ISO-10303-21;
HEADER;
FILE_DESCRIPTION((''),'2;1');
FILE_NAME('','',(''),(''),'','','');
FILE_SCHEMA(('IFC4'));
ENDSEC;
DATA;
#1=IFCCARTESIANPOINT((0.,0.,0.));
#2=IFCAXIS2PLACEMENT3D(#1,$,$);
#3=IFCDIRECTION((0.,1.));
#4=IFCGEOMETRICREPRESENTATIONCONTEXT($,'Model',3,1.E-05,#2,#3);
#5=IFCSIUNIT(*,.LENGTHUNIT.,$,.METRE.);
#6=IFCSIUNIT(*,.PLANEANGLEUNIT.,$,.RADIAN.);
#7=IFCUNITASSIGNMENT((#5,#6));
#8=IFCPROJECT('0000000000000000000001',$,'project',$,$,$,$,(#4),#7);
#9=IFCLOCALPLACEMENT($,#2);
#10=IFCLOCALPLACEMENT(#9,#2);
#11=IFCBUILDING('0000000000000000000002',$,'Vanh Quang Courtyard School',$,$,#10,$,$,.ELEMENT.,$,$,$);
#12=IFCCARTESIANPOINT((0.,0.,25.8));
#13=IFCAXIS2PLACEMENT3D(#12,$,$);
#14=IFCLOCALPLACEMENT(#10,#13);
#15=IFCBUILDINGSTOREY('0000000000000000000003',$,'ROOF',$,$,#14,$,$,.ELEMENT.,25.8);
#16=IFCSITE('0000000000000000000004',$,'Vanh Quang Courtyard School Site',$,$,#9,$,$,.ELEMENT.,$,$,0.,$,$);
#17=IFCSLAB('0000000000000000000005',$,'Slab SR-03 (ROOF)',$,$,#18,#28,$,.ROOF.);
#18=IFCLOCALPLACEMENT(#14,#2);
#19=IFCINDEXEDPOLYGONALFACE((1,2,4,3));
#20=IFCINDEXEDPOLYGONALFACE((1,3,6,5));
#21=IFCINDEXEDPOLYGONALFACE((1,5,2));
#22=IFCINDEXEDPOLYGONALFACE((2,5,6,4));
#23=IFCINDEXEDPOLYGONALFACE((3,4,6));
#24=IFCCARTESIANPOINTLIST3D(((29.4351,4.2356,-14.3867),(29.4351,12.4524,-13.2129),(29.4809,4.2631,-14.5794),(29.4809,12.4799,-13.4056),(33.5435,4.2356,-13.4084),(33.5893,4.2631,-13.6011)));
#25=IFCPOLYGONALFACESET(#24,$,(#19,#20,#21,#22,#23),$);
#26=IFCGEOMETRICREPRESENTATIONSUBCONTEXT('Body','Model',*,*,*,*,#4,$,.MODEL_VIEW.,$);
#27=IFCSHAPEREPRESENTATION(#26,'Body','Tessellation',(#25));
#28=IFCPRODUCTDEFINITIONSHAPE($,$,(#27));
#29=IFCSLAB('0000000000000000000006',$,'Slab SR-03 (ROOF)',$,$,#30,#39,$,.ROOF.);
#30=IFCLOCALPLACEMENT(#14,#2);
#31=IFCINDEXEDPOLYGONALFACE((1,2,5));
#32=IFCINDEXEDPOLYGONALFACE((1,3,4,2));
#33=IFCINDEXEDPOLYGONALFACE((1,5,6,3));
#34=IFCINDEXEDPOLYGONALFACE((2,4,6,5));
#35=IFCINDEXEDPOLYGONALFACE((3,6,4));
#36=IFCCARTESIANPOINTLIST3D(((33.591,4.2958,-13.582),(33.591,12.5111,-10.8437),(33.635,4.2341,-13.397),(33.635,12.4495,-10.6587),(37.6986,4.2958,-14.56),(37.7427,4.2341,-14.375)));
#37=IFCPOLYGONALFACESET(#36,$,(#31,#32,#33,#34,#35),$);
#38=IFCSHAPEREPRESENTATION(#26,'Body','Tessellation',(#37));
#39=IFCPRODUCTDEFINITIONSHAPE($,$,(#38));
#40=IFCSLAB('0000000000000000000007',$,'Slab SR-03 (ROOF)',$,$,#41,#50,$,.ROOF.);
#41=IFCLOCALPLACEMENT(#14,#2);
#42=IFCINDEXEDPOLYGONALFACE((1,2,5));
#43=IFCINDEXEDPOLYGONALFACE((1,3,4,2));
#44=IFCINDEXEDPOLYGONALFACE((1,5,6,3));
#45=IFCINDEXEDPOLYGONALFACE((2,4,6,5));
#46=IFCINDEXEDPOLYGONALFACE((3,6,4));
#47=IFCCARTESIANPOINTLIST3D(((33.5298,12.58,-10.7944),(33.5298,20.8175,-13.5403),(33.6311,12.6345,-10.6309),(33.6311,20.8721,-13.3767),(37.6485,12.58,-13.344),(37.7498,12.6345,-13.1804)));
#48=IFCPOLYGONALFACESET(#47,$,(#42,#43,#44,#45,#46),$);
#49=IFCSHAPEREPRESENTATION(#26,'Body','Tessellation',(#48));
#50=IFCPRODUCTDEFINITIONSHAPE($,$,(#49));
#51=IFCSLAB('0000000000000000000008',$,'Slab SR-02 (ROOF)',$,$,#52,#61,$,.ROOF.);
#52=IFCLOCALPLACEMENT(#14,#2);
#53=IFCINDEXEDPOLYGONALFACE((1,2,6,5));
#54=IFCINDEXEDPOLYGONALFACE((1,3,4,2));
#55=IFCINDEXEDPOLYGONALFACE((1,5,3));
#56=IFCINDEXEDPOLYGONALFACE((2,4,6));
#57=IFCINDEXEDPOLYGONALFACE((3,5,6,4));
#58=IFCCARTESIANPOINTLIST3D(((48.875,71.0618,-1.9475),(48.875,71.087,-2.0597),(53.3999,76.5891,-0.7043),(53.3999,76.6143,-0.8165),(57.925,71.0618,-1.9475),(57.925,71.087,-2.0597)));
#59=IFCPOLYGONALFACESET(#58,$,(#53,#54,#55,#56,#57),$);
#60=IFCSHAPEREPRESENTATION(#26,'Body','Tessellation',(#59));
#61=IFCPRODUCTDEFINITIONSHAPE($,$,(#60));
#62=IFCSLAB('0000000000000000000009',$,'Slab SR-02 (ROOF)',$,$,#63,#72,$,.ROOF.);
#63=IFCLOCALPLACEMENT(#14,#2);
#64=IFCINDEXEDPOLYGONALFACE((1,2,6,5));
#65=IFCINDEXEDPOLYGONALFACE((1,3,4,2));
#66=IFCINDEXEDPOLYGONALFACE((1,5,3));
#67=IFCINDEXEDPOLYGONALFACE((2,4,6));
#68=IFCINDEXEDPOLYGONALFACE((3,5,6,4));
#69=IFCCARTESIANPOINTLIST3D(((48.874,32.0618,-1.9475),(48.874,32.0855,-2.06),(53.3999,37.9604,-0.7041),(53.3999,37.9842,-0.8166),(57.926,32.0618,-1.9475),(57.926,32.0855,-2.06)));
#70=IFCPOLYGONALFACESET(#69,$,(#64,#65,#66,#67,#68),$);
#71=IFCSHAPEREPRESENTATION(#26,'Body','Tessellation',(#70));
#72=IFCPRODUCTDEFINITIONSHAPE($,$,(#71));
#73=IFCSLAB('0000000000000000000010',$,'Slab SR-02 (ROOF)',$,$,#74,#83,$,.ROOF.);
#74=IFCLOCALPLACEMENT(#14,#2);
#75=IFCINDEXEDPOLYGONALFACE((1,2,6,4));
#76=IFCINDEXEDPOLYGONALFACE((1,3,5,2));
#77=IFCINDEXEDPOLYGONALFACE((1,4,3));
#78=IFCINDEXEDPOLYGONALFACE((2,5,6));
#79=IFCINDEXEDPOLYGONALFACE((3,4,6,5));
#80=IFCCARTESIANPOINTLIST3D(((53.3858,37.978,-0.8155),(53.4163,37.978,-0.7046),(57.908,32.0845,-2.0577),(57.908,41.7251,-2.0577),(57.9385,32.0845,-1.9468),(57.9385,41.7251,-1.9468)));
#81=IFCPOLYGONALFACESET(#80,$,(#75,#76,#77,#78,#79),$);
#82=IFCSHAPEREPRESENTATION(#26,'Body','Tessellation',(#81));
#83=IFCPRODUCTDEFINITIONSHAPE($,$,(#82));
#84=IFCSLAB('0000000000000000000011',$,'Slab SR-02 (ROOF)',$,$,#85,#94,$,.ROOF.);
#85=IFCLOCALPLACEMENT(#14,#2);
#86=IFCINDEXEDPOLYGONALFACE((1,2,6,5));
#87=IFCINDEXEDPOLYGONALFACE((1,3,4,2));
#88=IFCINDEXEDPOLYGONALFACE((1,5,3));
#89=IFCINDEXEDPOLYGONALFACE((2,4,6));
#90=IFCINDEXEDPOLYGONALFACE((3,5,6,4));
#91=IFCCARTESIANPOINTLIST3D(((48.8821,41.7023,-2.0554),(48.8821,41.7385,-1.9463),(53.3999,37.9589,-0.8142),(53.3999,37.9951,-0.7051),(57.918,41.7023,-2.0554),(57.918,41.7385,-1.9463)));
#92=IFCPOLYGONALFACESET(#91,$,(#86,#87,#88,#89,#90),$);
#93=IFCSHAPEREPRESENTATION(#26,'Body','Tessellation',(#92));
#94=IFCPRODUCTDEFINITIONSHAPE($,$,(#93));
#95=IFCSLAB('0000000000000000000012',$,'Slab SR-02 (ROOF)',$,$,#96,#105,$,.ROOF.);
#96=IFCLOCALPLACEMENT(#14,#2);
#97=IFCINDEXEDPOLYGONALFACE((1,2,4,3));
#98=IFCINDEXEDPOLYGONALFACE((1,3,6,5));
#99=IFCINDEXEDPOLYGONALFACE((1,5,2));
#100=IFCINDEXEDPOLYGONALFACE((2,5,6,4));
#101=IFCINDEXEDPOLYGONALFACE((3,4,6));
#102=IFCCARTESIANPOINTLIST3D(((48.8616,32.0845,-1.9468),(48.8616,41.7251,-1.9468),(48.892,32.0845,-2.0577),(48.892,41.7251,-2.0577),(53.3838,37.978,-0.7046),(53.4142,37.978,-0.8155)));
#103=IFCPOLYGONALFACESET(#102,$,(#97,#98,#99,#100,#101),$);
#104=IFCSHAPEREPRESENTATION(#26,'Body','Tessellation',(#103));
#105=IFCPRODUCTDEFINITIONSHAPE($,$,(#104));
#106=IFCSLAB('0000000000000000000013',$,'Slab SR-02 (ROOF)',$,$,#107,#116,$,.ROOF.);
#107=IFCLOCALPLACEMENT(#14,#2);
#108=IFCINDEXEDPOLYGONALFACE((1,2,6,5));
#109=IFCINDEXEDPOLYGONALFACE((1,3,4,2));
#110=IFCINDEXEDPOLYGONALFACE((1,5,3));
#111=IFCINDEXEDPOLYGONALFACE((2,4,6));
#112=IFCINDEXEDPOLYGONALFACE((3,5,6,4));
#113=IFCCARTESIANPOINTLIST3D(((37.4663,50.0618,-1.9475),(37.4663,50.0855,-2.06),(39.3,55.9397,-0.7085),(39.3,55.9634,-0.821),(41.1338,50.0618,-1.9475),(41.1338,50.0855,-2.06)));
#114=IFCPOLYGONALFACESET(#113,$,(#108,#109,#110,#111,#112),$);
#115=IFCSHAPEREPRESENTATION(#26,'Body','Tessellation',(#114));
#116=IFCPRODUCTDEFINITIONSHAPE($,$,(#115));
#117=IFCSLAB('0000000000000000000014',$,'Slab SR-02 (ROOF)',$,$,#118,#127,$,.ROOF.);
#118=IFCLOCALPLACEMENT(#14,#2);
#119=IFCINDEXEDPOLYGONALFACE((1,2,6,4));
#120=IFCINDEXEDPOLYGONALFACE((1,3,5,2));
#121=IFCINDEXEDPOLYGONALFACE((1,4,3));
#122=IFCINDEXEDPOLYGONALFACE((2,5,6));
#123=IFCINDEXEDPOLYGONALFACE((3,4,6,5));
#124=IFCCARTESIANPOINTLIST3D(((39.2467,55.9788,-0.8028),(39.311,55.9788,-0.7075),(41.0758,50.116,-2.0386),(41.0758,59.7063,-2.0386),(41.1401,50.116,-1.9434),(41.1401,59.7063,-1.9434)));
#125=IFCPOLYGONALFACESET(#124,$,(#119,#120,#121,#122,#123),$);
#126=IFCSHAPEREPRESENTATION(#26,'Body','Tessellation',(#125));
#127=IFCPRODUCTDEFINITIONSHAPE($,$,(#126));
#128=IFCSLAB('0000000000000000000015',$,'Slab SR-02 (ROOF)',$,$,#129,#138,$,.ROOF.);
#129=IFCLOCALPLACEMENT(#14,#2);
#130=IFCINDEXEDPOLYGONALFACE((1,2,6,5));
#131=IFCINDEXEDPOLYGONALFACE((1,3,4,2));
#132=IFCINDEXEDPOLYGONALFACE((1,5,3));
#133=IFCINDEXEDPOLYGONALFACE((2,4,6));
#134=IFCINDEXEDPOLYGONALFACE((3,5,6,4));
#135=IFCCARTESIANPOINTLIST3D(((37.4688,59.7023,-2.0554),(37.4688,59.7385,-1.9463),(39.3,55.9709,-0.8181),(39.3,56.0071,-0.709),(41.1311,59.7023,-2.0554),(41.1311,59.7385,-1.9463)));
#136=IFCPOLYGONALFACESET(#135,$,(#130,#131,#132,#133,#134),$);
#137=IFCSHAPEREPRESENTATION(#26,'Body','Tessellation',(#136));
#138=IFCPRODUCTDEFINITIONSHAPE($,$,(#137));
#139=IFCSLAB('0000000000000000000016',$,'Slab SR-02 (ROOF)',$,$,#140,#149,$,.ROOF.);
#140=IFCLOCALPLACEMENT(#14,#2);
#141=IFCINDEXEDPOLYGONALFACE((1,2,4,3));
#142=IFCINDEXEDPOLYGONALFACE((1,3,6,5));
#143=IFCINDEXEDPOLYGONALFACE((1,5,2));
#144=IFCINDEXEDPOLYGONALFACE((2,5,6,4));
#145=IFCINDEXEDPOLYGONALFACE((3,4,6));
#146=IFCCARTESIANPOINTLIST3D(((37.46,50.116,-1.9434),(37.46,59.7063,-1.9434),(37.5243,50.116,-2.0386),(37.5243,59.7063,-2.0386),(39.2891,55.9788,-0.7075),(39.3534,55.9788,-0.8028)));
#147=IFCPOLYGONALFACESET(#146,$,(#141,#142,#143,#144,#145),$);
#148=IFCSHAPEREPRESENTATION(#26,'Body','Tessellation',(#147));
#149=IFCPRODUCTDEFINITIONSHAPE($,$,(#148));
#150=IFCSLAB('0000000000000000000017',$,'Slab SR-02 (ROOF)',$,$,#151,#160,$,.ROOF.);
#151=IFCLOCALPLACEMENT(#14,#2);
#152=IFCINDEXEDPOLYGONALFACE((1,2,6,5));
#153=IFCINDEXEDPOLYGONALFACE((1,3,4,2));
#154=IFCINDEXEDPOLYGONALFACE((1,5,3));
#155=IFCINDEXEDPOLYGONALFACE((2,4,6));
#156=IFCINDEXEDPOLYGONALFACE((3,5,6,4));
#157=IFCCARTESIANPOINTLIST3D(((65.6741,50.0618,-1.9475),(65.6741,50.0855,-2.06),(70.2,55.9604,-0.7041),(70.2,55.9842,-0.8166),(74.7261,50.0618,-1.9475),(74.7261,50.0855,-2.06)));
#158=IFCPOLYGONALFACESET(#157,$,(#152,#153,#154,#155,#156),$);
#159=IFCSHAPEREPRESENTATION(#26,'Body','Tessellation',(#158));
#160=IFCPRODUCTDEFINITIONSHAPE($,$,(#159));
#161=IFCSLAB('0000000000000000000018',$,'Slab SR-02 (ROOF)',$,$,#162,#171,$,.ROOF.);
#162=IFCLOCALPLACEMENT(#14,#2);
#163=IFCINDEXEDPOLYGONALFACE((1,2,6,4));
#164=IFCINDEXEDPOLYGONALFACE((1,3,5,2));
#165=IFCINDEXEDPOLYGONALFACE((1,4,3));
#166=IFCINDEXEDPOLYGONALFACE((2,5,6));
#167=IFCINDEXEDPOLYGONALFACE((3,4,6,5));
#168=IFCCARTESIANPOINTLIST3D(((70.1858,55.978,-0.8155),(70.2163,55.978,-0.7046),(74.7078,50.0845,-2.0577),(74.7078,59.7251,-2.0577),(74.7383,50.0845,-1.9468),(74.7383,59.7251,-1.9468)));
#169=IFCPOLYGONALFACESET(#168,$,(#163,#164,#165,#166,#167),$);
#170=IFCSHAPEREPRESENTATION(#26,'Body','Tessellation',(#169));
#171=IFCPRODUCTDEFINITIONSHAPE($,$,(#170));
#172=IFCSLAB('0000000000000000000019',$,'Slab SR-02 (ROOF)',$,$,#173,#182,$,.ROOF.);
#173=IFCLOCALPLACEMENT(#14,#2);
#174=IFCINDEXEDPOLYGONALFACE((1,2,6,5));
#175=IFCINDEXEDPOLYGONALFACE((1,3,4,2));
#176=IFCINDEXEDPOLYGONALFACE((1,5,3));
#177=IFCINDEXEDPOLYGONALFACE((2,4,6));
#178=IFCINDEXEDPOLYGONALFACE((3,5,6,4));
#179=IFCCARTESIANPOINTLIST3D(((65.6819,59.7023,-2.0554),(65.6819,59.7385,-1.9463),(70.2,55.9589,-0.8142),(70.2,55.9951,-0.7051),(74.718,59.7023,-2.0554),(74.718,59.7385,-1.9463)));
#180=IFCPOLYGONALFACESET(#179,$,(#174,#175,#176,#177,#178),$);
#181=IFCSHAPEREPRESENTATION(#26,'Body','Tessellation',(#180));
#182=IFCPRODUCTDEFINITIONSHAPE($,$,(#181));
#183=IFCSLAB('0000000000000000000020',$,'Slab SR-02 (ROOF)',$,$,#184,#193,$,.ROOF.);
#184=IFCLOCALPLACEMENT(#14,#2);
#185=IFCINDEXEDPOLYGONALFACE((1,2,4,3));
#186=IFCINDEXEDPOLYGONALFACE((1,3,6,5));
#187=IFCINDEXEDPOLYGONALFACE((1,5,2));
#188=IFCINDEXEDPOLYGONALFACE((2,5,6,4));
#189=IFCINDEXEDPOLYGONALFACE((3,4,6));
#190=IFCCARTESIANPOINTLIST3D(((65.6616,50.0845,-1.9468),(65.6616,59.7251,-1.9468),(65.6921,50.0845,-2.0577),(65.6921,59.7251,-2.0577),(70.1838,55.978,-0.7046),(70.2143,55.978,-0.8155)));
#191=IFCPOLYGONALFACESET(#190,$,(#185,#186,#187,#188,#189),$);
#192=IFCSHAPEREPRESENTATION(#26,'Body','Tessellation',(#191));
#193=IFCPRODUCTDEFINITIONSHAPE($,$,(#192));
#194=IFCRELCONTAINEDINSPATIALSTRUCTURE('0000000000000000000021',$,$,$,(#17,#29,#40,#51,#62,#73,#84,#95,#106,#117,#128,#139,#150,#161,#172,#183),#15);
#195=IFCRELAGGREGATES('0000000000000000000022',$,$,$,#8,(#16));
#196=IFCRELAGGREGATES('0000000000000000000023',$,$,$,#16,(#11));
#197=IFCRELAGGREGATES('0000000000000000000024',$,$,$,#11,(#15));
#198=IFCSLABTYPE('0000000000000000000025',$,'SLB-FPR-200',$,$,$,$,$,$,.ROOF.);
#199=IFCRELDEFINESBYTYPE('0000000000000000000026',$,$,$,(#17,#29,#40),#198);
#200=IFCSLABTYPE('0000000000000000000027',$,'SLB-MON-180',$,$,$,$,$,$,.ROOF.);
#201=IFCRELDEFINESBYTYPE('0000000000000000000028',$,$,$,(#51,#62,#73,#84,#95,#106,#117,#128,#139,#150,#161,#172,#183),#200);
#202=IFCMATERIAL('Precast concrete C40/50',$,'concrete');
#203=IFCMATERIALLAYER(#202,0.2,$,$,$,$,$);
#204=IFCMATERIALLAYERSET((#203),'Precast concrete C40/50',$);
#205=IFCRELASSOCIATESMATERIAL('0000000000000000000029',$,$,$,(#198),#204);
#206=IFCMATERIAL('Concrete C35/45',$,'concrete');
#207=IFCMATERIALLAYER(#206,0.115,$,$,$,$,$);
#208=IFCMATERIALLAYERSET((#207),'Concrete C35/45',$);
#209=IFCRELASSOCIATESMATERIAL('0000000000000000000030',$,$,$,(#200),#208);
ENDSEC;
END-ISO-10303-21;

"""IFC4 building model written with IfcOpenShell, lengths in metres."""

from ifc_helpers import new_model, si_unit, direction, frame, origin, place, context, subcontext, project, spatial, polyline, outline, extrude, material, layer, layer_set, type_object, element, save


model = new_model("IFC4")

# Units and contexts
model_context = context("Model", 3, precision=1e-05, world=origin(), true_north=direction((0.0, 1.0)))
body_context = subcontext(model_context, "Body", "Model", "MODEL_VIEW")
ifc_project = project(units=[si_unit("LENGTHUNIT", "METRE"), si_unit("PLANEANGLEUNIT", "RADIAN")], contexts=[model_context])

# Site, building, storey
site_placement = place(None, origin())
site = spatial("IfcSite", under=ifc_project, at=site_placement, Name="Vanh Quang Courtyard School Site", CompositionType="ELEMENT", RefElevation=0.0)
building_placement = place(site_placement, origin())
building = spatial("IfcBuilding", under=site, at=building_placement, Name="Vanh Quang Courtyard School", CompositionType="ELEMENT")
storey_placement = place(building_placement, frame((0.0, 0.0, 25.8)))
storey = spatial("IfcBuildingStorey", under=building, at=storey_placement, Name="ROOF", CompositionType="ELEMENT", Elevation=25.8)

# Slabs
ifc_material_1 = material(Name="Precast concrete C40/50", Category="concrete")
ifc_layer_1 = layer(ifc_material_1, 0.2)
ifc_layer_set_1 = layer_set([ifc_layer_1], Name="Precast concrete C40/50")
slab_type_1 = type_object("IfcSlabType", Name="SLB-FPR-200", PredefinedType="ROOF", material=ifc_layer_set_1)
slab_1_placement = place(storey_placement, frame((29.4351, 4.2356, -14.3867), z_axis=(-0.229434, -0.137649, 0.963542), x_axis=(0.0, 0.989949, 0.141421)))
element("IfcSlab", 1, at=slab_1_placement, inside=storey, type_object=slab_type_1, Name="Slab SR-03 (ROOF)", PredefinedType="ROOF", context=body_context, shape_type="SweptSolid", body=[
    extrude(outline(polyline([(0.0, 0.0), (8.3002, 0.0), (0.1383, -4.221), (0.0, 0.0)])), origin(), (0.0, 0.0, -1.0), 0.2),
])
slab_2_placement = place(storey_placement, frame((33.635, 4.2341, -13.397), z_axis=(0.22033, -0.30844, 0.925375), x_axis=(0.0, 0.948689, 0.316211)))
element("IfcSlab", 2, at=slab_2_placement, inside=storey, type_object=slab_type_1, Name="Slab SR-03 (ROOF)", PredefinedType="ROOF", context=body_context, shape_type="SweptSolid", body=[
    extrude(outline(polyline([(0.0, 0.0), (8.6597, 0.0), (-0.3093, -4.2112), (0.0, 0.0)])), origin(), (0.0, 0.0, -1.0), 0.2),
])
slab_3_placement = place(storey_placement, frame((33.6311, 12.6345, -10.6309), z_axis=(0.506396, 0.272684, 0.818051), x_axis=(0.0, 0.948683, -0.316228)))
element("IfcSlab", 3, at=slab_3_placement, inside=storey, type_object=slab_type_1, Name="Slab SR-03 (ROOF)", PredefinedType="ROOF", context=body_context, shape_type="SweptSolid", body=[
    extrude(outline(polyline([(0.0, 0.0), (8.6831, 0.0), (0.8062, -4.7764), (0.0, 0.0)])), origin(), (0.0, 0.0, -1.0), 0.2),
])
ifc_material_2 = material(Name="Concrete C35/45", Category="concrete")
ifc_layer_2 = layer(ifc_material_2, 0.115)
ifc_layer_set_2 = layer_set([ifc_layer_2], Name="Concrete C35/45")
slab_type_2 = type_object("IfcSlabType", Name="SLB-MON-180", PredefinedType="ROOF", material=ifc_layer_set_2)
slab_4_placement = place(storey_placement, frame((48.875, 71.0618, -1.9475), z_axis=(0.0, -0.21943, 0.975628), x_axis=(1.0, 0.0, 0.0)))
element("IfcSlab", 4, at=slab_4_placement, inside=storey, type_object=slab_type_2, Name="Slab SR-02 (ROOF)", PredefinedType="ROOF", context=body_context, shape_type="SweptSolid", body=[
    extrude(outline(polyline([(0.0, 0.0), (9.05, 0.0), (4.5249, 5.6654), (0.0, 0.0)])), origin(), (0.0, 0.0, -1.0), 0.115),
])
slab_5_placement = place(storey_placement, frame((48.874, 32.0618, -1.9475), z_axis=(0.0, -0.206262, 0.978497), x_axis=(1.0, 0.0, 0.0)))
element("IfcSlab", 5, at=slab_5_placement, inside=storey, type_object=slab_type_2, Name="Slab SR-02 (ROOF)", PredefinedType="ROOF", context=body_context, shape_type="SweptSolid", body=[
    extrude(outline(polyline([(0.0, 0.0), (9.052, 0.0), (4.5259, 6.0283), (0.0, 0.0)])), origin(), (0.0, 0.0, -1.0), 0.115),
])
slab_6_placement = place(storey_placement, frame((57.9385, 32.0845, -1.9468), z_axis=(0.264875, 0.0, 0.964283), x_axis=(0.0, 1.0, 0.0)))
element("IfcSlab", 6, at=slab_6_placement, inside=storey, type_object=slab_type_2, Name="Slab SR-02 (ROOF)", PredefinedType="ROOF", context=body_context, shape_type="SweptSolid", body=[
    extrude(outline(polyline([(0.0, 0.0), (9.6406, 0.0), (5.8936, 4.6897), (0.0, 0.0)])), origin(), (0.0, 0.0, -1.0), 0.115),
])
slab_7_placement = place(storey_placement, frame((57.918, 41.7385, -1.9463), z_axis=(0.0, 0.314723, 0.949184), x_axis=(-1.0, 0.0, 0.0)))
element("IfcSlab", 7, at=slab_7_placement, inside=storey, type_object=slab_type_2, Name="Slab SR-02 (ROOF)", PredefinedType="ROOF", context=body_context, shape_type="SweptSolid", body=[
    extrude(outline(polyline([(0.0, 0.0), (9.0359, 0.0), (4.5181, 3.9438), (0.0, 0.0)])), origin(), (0.0, 0.0, -1.0), 0.115),
])
slab_8_placement = place(storey_placement, frame((48.8616, 41.7251, -1.9468), z_axis=(-0.264875, 0.0, 0.964283), x_axis=(0.0, -1.0, 0.0)))
element("IfcSlab", 8, at=slab_8_placement, inside=storey, type_object=slab_type_2, Name="Slab SR-02 (ROOF)", PredefinedType="ROOF", context=body_context, shape_type="SweptSolid", body=[
    extrude(outline(polyline([(0.0, 0.0), (9.6406, 0.0), (3.7471, 4.6897), (0.0, 0.0)])), origin(), (0.0, 0.0, -1.0), 0.115),
])
slab_9_placement = place(storey_placement, frame((37.4663, 50.0618, -1.9475), z_axis=(0.0, -0.206258, 0.978498), x_axis=(1.0, 0.0, 0.0)))
element("IfcSlab", 9, at=slab_9_placement, inside=storey, type_object=slab_type_2, Name="Slab SR-02 (ROOF)", PredefinedType="ROOF", context=body_context, shape_type="SweptSolid", body=[
    extrude(outline(polyline([(0.0, 0.0), (3.6675, 0.0), (1.8337, 6.0071), (0.0, 0.0)])), origin(), (0.0, 0.0, -1.0), 0.115),
])
slab_10_placement = place(storey_placement, frame((41.1401, 50.116, -1.9434), z_axis=(0.559845, 0.0, 0.828597), x_axis=(0.0, 1.0, 0.0)))
element("IfcSlab", 10, at=slab_10_placement, inside=storey, type_object=slab_type_2, Name="Slab SR-02 (ROOF)", PredefinedType="ROOF", context=body_context, shape_type="SweptSolid", body=[
    extrude(outline(polyline([(0.0, 0.0), (9.5903, 0.0), (5.8628, 2.2075), (0.0, 0.0)])), origin(), (0.0, 0.0, -1.0), 0.115),
])
slab_11_placement = place(storey_placement, frame((41.1311, 59.7385, -1.9463), z_axis=(0.0, 0.314737, 0.949179), x_axis=(-1.0, 0.0, 0.0)))
element("IfcSlab", 11, at=slab_11_placement, inside=storey, type_object=slab_type_2, Name="Slab SR-02 (ROOF)", PredefinedType="ROOF", context=body_context, shape_type="SweptSolid", body=[
    extrude(outline(polyline([(0.0, 0.0), (3.6624, 0.0), (1.8311, 3.9312), (0.0, 0.0)])), origin(), (0.0, 0.0, -1.0), 0.115),
])
slab_12_placement = place(storey_placement, frame((37.46, 59.7063, -1.9434), z_axis=(-0.559845, 0.0, 0.828597), x_axis=(0.0, -1.0, 0.0)))
element("IfcSlab", 12, at=slab_12_placement, inside=storey, type_object=slab_type_2, Name="Slab SR-02 (ROOF)", PredefinedType="ROOF", context=body_context, shape_type="SweptSolid", body=[
    extrude(outline(polyline([(0.0, 0.0), (9.5903, 0.0), (3.7275, 2.2075), (0.0, 0.0)])), origin(), (0.0, 0.0, -1.0), 0.115),
])
slab_13_placement = place(storey_placement, frame((65.6741, 50.0618, -1.9475), z_axis=(0.0, -0.206262, 0.978497), x_axis=(1.0, 0.0, 0.0)))
element("IfcSlab", 13, at=slab_13_placement, inside=storey, type_object=slab_type_2, Name="Slab SR-02 (ROOF)", PredefinedType="ROOF", context=body_context, shape_type="SweptSolid", body=[
    extrude(outline(polyline([(0.0, 0.0), (9.052, 0.0), (4.5259, 6.0283), (0.0, 0.0)])), origin(), (0.0, 0.0, -1.0), 0.115),
])
slab_14_placement = place(storey_placement, frame((74.7383, 50.0845, -1.9468), z_axis=(0.264888, 0.0, 0.964279), x_axis=(0.0, 1.0, 0.0)))
element("IfcSlab", 14, at=slab_14_placement, inside=storey, type_object=slab_type_2, Name="Slab SR-02 (ROOF)", PredefinedType="ROOF", context=body_context, shape_type="SweptSolid", body=[
    extrude(outline(polyline([(0.0, 0.0), (9.6406, 0.0), (5.8936, 4.6895), (0.0, 0.0)])), origin(), (0.0, 0.0, -1.0), 0.115),
])
slab_15_placement = place(storey_placement, frame((74.718, 59.7385, -1.9463), z_axis=(0.0, 0.314723, 0.949184), x_axis=(-1.0, 0.0, 0.0)))
element("IfcSlab", 15, at=slab_15_placement, inside=storey, type_object=slab_type_2, Name="Slab SR-02 (ROOF)", PredefinedType="ROOF", context=body_context, shape_type="SweptSolid", body=[
    extrude(outline(polyline([(0.0, 0.0), (9.0361, 0.0), (4.5181, 3.9438), (0.0, 0.0)])), origin(), (0.0, 0.0, -1.0), 0.115),
])
slab_16_placement = place(storey_placement, frame((65.6616, 59.7251, -1.9468), z_axis=(-0.264875, 0.0, 0.964283), x_axis=(0.0, -1.0, 0.0)))
element("IfcSlab", 16, at=slab_16_placement, inside=storey, type_object=slab_type_2, Name="Slab SR-02 (ROOF)", PredefinedType="ROOF", context=body_context, shape_type="SweptSolid", body=[
    extrude(outline(polyline([(0.0, 0.0), (9.6406, 0.0), (3.7471, 4.6897), (0.0, 0.0)])), origin(), (0.0, 0.0, -1.0), 0.115),
])

save(model, "model.ifc")
